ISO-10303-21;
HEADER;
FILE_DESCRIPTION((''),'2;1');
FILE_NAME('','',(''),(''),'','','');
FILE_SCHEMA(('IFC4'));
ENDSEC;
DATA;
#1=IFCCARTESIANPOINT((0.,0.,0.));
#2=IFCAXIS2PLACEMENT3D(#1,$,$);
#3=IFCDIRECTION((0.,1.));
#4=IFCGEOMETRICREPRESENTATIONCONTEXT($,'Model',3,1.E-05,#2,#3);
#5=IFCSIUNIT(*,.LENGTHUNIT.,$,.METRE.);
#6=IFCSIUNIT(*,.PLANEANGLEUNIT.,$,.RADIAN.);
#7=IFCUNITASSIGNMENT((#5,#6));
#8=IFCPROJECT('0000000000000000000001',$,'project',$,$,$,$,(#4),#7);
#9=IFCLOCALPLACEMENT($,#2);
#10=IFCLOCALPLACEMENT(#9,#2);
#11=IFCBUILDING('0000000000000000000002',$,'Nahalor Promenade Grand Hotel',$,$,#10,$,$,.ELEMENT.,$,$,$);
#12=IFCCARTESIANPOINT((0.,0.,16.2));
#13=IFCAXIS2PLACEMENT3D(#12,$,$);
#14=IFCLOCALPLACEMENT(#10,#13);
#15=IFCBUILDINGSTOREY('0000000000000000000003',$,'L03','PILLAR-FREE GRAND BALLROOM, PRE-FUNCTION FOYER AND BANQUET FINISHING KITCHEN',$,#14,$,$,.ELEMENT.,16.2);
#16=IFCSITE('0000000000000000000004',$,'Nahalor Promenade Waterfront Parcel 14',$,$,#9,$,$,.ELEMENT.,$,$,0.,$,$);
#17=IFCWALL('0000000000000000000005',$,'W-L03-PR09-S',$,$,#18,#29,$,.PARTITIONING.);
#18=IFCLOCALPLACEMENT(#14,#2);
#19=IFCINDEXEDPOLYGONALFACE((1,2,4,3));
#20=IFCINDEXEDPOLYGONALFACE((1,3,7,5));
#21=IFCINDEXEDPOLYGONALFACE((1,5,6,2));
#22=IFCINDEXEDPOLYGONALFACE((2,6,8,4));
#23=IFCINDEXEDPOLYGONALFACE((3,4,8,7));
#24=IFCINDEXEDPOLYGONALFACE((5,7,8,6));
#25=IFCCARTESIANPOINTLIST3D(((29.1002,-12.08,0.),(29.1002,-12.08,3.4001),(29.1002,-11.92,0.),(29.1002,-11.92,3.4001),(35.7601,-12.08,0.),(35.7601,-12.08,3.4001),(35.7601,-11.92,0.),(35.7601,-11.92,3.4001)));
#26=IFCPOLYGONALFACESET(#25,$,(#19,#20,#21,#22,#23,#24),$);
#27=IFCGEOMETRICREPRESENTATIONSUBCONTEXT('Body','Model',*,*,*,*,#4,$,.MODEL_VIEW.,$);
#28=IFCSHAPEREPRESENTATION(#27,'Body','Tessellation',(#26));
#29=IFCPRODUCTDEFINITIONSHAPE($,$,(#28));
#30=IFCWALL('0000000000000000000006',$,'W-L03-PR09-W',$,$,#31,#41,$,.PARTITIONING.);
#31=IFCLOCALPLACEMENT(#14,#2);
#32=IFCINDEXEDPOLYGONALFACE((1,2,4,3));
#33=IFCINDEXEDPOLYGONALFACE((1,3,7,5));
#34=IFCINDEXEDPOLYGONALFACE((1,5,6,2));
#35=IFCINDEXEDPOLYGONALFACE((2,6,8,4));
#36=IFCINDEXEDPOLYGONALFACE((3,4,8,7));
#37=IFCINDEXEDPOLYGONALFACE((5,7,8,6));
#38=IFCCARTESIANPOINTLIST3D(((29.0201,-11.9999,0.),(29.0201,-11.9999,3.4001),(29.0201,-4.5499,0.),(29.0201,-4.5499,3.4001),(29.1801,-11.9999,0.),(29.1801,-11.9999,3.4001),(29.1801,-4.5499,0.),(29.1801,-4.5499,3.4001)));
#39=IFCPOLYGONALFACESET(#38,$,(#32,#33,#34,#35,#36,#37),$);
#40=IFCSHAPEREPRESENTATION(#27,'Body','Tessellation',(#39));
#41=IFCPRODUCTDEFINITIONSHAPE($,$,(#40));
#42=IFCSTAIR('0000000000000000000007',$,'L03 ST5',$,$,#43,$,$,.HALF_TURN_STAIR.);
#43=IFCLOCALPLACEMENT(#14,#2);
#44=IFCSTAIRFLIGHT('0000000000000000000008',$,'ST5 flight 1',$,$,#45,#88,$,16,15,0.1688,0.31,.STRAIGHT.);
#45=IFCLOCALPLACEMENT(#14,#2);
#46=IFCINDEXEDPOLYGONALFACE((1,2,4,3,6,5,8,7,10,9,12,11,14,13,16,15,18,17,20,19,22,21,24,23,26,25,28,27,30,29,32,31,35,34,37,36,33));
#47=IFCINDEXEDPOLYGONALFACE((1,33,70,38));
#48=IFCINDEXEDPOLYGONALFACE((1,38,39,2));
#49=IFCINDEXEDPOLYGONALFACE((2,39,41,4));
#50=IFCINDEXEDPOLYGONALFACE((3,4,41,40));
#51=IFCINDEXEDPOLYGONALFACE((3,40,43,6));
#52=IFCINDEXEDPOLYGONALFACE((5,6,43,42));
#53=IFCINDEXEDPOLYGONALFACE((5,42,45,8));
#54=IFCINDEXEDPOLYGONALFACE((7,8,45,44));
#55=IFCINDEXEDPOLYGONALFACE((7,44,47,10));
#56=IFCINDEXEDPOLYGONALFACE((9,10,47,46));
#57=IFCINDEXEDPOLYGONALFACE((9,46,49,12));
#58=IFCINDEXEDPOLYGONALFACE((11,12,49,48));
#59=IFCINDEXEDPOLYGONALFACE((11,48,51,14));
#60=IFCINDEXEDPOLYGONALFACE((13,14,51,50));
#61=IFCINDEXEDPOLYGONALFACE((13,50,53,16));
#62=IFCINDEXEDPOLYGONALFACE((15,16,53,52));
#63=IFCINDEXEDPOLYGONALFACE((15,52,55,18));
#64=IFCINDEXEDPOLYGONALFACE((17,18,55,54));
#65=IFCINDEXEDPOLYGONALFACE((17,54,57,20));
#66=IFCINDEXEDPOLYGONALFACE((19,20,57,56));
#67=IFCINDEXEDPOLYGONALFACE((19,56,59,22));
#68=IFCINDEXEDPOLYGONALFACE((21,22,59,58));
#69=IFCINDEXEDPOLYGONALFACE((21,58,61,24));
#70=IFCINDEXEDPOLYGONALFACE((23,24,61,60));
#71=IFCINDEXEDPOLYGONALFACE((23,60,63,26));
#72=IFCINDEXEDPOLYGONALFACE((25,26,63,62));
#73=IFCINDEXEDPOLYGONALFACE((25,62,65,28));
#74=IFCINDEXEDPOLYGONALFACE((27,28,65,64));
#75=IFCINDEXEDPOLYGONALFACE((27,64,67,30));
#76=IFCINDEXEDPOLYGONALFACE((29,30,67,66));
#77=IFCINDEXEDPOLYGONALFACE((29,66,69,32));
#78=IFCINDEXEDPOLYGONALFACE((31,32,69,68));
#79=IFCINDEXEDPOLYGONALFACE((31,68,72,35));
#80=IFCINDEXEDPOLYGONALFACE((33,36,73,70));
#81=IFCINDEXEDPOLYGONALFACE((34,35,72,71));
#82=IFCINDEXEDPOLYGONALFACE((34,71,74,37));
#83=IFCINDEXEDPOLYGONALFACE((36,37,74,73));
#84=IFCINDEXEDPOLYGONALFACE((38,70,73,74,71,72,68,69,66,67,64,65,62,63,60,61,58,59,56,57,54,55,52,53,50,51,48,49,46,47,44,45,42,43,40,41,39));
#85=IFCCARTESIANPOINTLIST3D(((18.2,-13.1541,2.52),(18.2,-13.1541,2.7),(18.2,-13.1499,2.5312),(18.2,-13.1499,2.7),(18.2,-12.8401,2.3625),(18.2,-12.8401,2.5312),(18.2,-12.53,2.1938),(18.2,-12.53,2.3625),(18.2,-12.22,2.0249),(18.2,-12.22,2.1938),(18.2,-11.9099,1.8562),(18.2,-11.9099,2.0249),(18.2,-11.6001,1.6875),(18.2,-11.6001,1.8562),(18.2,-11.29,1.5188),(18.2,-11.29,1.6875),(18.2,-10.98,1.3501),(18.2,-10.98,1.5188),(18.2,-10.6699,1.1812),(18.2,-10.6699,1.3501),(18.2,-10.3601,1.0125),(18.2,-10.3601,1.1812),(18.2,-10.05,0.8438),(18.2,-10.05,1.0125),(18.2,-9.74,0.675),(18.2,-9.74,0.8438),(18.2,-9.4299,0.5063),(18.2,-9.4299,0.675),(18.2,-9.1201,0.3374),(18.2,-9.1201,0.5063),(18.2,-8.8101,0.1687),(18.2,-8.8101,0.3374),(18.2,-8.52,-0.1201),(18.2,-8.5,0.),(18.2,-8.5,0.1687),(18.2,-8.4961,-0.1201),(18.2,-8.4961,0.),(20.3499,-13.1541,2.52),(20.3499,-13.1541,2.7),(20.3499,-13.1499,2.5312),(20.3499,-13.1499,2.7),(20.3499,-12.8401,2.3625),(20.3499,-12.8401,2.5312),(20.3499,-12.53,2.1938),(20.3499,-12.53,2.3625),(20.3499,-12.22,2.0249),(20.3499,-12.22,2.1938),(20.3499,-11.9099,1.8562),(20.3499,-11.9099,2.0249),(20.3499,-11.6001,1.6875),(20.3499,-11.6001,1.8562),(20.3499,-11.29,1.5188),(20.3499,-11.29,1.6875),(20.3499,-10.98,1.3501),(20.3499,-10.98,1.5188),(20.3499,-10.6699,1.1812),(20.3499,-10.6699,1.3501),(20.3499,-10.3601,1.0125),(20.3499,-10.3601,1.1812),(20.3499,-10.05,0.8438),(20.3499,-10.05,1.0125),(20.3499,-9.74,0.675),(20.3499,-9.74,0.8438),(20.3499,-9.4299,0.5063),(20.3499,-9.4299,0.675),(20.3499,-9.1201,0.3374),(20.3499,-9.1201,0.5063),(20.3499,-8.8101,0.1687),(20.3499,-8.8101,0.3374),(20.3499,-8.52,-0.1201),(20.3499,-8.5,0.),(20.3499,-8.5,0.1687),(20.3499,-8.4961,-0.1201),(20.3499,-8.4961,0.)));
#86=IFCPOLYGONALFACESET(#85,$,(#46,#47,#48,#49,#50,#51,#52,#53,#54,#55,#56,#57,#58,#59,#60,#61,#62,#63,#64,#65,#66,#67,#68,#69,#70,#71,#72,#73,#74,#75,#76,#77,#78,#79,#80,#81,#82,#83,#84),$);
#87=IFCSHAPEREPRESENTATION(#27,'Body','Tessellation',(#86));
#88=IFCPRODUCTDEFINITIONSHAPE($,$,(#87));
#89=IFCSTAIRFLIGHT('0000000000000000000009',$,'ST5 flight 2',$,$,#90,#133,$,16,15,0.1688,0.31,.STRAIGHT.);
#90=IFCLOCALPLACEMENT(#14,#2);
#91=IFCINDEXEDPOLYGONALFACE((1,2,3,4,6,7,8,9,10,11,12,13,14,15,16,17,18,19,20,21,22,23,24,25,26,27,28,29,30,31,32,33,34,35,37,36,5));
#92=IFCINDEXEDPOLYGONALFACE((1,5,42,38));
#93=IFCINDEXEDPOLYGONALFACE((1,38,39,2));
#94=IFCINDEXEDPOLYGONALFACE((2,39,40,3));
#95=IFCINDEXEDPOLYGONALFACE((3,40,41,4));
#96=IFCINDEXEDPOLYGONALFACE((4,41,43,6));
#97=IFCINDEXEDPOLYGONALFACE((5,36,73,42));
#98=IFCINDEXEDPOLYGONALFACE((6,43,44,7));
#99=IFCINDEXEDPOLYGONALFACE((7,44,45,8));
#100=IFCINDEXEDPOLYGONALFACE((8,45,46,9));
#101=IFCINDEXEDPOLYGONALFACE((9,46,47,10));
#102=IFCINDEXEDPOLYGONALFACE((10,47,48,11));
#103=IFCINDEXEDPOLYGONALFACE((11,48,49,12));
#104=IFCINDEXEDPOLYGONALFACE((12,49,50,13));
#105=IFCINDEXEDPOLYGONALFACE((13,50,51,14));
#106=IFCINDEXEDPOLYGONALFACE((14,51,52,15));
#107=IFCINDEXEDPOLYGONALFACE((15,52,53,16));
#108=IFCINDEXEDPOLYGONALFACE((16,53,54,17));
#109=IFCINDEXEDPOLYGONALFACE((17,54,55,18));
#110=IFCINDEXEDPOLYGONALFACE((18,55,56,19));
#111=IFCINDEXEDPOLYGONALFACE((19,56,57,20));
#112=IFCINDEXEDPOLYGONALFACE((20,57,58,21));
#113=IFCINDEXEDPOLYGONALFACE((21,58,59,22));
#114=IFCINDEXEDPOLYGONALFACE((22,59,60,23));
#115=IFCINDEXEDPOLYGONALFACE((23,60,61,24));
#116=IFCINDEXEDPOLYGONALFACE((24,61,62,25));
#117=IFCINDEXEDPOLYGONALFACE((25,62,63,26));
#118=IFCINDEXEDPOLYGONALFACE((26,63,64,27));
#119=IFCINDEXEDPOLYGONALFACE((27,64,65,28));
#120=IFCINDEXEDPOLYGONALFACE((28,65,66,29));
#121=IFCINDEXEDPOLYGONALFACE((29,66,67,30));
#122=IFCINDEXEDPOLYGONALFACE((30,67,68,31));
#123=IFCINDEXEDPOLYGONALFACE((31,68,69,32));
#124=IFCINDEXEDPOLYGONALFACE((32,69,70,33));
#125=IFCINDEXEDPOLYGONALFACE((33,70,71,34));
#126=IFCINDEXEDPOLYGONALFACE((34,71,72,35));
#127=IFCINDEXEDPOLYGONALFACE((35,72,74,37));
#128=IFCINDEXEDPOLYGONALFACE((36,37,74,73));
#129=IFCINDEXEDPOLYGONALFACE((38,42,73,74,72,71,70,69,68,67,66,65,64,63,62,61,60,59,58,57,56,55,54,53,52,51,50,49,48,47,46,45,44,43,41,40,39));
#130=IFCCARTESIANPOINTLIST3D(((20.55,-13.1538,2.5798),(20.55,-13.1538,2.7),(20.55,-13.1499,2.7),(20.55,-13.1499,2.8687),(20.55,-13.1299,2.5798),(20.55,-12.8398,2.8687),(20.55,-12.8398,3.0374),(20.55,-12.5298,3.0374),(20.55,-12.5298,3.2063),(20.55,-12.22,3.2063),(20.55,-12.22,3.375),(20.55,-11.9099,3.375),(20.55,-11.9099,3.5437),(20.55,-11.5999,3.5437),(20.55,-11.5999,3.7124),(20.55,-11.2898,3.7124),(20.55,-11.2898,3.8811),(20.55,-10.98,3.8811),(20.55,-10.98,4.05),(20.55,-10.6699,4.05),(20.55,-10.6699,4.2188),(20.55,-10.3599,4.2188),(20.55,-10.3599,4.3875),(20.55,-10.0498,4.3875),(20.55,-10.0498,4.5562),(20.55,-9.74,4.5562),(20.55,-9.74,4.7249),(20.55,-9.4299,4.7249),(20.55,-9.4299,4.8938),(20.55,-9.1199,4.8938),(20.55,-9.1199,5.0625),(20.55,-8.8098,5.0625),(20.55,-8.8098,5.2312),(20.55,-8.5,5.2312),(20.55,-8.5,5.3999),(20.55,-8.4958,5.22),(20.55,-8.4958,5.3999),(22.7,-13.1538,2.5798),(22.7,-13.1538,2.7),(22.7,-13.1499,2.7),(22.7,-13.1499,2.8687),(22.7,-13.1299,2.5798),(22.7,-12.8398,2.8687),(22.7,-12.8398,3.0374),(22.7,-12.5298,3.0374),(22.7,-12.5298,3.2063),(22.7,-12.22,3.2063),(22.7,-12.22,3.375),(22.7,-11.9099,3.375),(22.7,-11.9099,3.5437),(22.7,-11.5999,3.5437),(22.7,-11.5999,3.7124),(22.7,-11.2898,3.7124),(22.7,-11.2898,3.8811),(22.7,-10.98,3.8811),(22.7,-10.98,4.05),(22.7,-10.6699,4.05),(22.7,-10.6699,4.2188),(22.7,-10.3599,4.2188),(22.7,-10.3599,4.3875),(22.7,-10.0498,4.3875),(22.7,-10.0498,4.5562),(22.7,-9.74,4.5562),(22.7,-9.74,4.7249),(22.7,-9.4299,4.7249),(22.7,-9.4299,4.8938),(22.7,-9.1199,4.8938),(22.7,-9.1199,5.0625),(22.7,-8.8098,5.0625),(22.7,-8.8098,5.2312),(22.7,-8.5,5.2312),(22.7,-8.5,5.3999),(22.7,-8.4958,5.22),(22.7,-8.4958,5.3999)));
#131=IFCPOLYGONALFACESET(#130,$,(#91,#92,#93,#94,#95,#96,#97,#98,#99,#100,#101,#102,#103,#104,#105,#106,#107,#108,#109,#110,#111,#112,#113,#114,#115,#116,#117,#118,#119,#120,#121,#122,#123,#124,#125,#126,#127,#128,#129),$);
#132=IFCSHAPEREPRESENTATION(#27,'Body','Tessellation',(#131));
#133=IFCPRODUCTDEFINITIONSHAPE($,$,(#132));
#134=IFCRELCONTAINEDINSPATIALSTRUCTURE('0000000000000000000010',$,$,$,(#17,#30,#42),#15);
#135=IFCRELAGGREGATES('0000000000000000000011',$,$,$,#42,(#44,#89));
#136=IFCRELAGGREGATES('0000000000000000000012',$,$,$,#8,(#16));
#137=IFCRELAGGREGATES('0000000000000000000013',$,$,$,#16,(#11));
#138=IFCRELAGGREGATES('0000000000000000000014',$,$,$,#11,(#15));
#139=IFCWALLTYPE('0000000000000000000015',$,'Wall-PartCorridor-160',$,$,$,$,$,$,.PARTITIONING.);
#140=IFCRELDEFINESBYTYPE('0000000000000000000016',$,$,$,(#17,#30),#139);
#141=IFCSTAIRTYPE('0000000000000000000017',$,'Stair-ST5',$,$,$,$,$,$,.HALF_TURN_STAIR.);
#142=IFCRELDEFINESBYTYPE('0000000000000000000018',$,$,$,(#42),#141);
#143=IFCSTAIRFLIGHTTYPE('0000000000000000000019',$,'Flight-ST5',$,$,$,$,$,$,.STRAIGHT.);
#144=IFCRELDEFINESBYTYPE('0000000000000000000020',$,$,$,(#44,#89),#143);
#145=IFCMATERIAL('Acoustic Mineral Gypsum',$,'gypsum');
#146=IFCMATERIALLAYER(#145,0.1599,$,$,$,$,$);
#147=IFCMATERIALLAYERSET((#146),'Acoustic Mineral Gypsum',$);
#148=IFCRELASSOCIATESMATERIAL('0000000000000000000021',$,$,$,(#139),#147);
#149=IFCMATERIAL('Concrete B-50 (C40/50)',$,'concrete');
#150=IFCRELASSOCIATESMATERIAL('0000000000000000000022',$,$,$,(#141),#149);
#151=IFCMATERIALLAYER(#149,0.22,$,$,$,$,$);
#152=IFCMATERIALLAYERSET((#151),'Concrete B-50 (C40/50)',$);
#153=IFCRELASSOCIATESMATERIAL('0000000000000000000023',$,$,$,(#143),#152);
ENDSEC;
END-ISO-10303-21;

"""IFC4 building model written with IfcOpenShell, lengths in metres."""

from ifc_helpers import new_model, si_unit, direction, frame, frame_2d, origin, place, context, subcontext, project, spatial, polyline, rectangle, outline, extrude, source, transform, mapped, material, layer, layer_set, type_object, element, aggregate, save


model = new_model("IFC4")

# Units and contexts
model_context = context("Model", 3, precision=1e-05, world=origin(), true_north=direction((0.0, 1.0)))
body_context = subcontext(model_context, "Body", "Model", "MODEL_VIEW")
ifc_project = project(units=[si_unit("LENGTHUNIT", "METRE"), si_unit("PLANEANGLEUNIT", "RADIAN")], contexts=[model_context])

# Site, building, storey
site_placement = place(None, origin())
site = spatial("IfcSite", under=ifc_project, at=site_placement, Name="Nahalor Promenade Waterfront Parcel 14", CompositionType="ELEMENT", RefElevation=0.0)
building_placement = place(site_placement, origin())
building = spatial("IfcBuilding", under=site, at=building_placement, Name="Nahalor Promenade Grand Hotel", CompositionType="ELEMENT")
storey_placement = place(building_placement, frame((0.0, 0.0, 16.2)))
storey = spatial("IfcBuildingStorey", under=building, at=storey_placement, Name="L03", Description="PILLAR-FREE GRAND BALLROOM, PRE-FUNCTION FOYER AND BANQUET FINISHING KITCHEN", CompositionType="ELEMENT", Elevation=16.2)

# Shared definitions
ifc_material_1 = material(Name="Concrete B-50 (C40/50)", Category="concrete")

# Shared definitions
ifc_material_2 = material(Name="Acoustic Mineral Gypsum", Category="gypsum")
ifc_layer_1 = layer(ifc_material_2, 0.1599)
ifc_layer_set_1 = layer_set([ifc_layer_1], Name="Acoustic Mineral Gypsum")
wall_type_1 = type_object("IfcWallType", Name="Wall-PartCorridor-160", PredefinedType="PARTITIONING", material=ifc_layer_set_1)

# Walls
shared_shape_1 = source(origin(), body_context, "Body", "SweptSolid", [
    extrude(rectangle(XDim=6.6599, YDim=0.1599, at=frame_2d((3.3301, 0.0))), origin(), (0.0, 0.0, 1.0), 3.4001),
])
wall_1_placement = place(storey_placement, frame((29.1001, -12.0, 0.0), z_axis=(0.0, 0.0, 1.0), x_axis=(1.0, 0.0, 0.0)))
element("IfcWall", 1, at=wall_1_placement, inside=storey, type_object=wall_type_1, Name="W-L03-PR09-S", PredefinedType="PARTITIONING", context=body_context, shape_type="MappedRepresentation", body=[
    mapped(shared_shape_1, transform((0.0, 0.0, 0.0), scale=1.0)),
])
shared_shape_2 = source(origin(), body_context, "Body", "SweptSolid", [
    extrude(rectangle(XDim=7.45, YDim=0.1599, at=frame_2d((3.7251, 0.0))), origin(), (0.0, 0.0, 1.0), 3.4001),
])
wall_2_placement = place(storey_placement, frame((29.1001, -12.0, 0.0), z_axis=(0.0, 0.0, 1.0), x_axis=(0.0, 1.0, 0.0)))
element("IfcWall", 2, at=wall_2_placement, inside=storey, type_object=wall_type_1, Name="W-L03-PR09-W", PredefinedType="PARTITIONING", context=body_context, shape_type="MappedRepresentation", body=[
    mapped(shared_shape_2, transform((0.0, 0.0, 0.0), scale=1.0)),
])

# Stair, stair flights
stair_type = type_object("IfcStairType", Name="Stair-ST5", PredefinedType="HALF_TURN_STAIR", material=ifc_material_1)
stair_placement = place(storey_placement, origin())
stair = element("IfcStair", 3, at=stair_placement, inside=storey, type_object=stair_type, Name="L03 ST5", PredefinedType="HALF_TURN_STAIR")
ifc_layer_2 = layer(ifc_material_1, 0.22)
ifc_layer_set_2 = layer_set([ifc_layer_2], Name="Concrete B-50 (C40/50)")
stair_flight_type = type_object("IfcStairFlightType", Name="Flight-ST5", PredefinedType="STRAIGHT", material=ifc_layer_set_2)
shared_shape_3 = source(origin(), body_context, "Body", "SweptSolid", [
    extrude(outline(polyline([(-0.0039, -0.1201), (-0.0039, 0.0), (0.0, 0.0), (0.0, 0.1687), (0.3101, 0.1687), (0.3101, 0.3374), (0.6201, 0.3374), (0.6201, 0.5063), (0.9299, 0.5063), (0.9299, 0.675), (1.24, 0.675), (1.24, 0.8438), (1.55, 0.8438), (1.55, 1.0125), (1.8601, 1.0125), (1.8601, 1.1812), (2.1699, 1.1812), (2.1699, 1.3501), (2.48, 1.3501), (2.48, 1.5188), (2.79, 1.5188), (2.79, 1.6875), (3.1001, 1.6875), (3.1001, 1.8562), (3.4099, 1.8562), (3.4099, 2.0249), (3.72, 2.0249), (3.72, 2.1938), (4.03, 2.1938), (4.03, 2.3625), (4.3401, 2.3625), (4.3401, 2.5312), (4.6499, 2.5312), (4.6499, 2.7), (4.6541, 2.7), (4.6541, 2.52), (0.02, -0.1201), (-0.0039, -0.1201)])), frame((0.0, 1.075, 0.0), z_axis=(0.0, -1.0, 0.0), x_axis=(1.0, 0.0, 0.0)), (0.0, 0.0, 1.0), 2.1499),
])
stair_flight_1_placement = place(storey_placement, frame((19.2749, -8.5, 0.0), z_axis=(0.0, 0.0, 1.0), x_axis=(0.0, -1.0, 0.0)))
stair_flight_1 = element("IfcStairFlight", 4, at=stair_flight_1_placement, type_object=stair_flight_type, Name="ST5 flight 1", NumberOfRisers=16, NumberOfTreads=15, PredefinedType="STRAIGHT", RiserHeight=0.1688, TreadLength=0.31, context=body_context, shape_type="MappedRepresentation", body=[
    mapped(shared_shape_3, transform((0.0, 0.0, 0.0), scale=1.0)),
])
stair_flight_2_placement = place(storey_placement, frame((21.625, -13.1499, 2.7), z_axis=(0.0, 0.0, 1.0), x_axis=(0.0, 1.0, 0.0)))
stair_flight_2 = element("IfcStairFlight", 5, at=stair_flight_2_placement, type_object=stair_flight_type, Name="ST5 flight 2", NumberOfRisers=16, NumberOfTreads=15, PredefinedType="STRAIGHT", RiserHeight=0.1688, TreadLength=0.31, context=body_context, shape_type="MappedRepresentation", body=[
    mapped(shared_shape_3, transform((0.0, 0.0, 0.0), scale=1.0)),
])
aggregate(stair, [stair_flight_1, stair_flight_2])

save(model, "model.ifc")
